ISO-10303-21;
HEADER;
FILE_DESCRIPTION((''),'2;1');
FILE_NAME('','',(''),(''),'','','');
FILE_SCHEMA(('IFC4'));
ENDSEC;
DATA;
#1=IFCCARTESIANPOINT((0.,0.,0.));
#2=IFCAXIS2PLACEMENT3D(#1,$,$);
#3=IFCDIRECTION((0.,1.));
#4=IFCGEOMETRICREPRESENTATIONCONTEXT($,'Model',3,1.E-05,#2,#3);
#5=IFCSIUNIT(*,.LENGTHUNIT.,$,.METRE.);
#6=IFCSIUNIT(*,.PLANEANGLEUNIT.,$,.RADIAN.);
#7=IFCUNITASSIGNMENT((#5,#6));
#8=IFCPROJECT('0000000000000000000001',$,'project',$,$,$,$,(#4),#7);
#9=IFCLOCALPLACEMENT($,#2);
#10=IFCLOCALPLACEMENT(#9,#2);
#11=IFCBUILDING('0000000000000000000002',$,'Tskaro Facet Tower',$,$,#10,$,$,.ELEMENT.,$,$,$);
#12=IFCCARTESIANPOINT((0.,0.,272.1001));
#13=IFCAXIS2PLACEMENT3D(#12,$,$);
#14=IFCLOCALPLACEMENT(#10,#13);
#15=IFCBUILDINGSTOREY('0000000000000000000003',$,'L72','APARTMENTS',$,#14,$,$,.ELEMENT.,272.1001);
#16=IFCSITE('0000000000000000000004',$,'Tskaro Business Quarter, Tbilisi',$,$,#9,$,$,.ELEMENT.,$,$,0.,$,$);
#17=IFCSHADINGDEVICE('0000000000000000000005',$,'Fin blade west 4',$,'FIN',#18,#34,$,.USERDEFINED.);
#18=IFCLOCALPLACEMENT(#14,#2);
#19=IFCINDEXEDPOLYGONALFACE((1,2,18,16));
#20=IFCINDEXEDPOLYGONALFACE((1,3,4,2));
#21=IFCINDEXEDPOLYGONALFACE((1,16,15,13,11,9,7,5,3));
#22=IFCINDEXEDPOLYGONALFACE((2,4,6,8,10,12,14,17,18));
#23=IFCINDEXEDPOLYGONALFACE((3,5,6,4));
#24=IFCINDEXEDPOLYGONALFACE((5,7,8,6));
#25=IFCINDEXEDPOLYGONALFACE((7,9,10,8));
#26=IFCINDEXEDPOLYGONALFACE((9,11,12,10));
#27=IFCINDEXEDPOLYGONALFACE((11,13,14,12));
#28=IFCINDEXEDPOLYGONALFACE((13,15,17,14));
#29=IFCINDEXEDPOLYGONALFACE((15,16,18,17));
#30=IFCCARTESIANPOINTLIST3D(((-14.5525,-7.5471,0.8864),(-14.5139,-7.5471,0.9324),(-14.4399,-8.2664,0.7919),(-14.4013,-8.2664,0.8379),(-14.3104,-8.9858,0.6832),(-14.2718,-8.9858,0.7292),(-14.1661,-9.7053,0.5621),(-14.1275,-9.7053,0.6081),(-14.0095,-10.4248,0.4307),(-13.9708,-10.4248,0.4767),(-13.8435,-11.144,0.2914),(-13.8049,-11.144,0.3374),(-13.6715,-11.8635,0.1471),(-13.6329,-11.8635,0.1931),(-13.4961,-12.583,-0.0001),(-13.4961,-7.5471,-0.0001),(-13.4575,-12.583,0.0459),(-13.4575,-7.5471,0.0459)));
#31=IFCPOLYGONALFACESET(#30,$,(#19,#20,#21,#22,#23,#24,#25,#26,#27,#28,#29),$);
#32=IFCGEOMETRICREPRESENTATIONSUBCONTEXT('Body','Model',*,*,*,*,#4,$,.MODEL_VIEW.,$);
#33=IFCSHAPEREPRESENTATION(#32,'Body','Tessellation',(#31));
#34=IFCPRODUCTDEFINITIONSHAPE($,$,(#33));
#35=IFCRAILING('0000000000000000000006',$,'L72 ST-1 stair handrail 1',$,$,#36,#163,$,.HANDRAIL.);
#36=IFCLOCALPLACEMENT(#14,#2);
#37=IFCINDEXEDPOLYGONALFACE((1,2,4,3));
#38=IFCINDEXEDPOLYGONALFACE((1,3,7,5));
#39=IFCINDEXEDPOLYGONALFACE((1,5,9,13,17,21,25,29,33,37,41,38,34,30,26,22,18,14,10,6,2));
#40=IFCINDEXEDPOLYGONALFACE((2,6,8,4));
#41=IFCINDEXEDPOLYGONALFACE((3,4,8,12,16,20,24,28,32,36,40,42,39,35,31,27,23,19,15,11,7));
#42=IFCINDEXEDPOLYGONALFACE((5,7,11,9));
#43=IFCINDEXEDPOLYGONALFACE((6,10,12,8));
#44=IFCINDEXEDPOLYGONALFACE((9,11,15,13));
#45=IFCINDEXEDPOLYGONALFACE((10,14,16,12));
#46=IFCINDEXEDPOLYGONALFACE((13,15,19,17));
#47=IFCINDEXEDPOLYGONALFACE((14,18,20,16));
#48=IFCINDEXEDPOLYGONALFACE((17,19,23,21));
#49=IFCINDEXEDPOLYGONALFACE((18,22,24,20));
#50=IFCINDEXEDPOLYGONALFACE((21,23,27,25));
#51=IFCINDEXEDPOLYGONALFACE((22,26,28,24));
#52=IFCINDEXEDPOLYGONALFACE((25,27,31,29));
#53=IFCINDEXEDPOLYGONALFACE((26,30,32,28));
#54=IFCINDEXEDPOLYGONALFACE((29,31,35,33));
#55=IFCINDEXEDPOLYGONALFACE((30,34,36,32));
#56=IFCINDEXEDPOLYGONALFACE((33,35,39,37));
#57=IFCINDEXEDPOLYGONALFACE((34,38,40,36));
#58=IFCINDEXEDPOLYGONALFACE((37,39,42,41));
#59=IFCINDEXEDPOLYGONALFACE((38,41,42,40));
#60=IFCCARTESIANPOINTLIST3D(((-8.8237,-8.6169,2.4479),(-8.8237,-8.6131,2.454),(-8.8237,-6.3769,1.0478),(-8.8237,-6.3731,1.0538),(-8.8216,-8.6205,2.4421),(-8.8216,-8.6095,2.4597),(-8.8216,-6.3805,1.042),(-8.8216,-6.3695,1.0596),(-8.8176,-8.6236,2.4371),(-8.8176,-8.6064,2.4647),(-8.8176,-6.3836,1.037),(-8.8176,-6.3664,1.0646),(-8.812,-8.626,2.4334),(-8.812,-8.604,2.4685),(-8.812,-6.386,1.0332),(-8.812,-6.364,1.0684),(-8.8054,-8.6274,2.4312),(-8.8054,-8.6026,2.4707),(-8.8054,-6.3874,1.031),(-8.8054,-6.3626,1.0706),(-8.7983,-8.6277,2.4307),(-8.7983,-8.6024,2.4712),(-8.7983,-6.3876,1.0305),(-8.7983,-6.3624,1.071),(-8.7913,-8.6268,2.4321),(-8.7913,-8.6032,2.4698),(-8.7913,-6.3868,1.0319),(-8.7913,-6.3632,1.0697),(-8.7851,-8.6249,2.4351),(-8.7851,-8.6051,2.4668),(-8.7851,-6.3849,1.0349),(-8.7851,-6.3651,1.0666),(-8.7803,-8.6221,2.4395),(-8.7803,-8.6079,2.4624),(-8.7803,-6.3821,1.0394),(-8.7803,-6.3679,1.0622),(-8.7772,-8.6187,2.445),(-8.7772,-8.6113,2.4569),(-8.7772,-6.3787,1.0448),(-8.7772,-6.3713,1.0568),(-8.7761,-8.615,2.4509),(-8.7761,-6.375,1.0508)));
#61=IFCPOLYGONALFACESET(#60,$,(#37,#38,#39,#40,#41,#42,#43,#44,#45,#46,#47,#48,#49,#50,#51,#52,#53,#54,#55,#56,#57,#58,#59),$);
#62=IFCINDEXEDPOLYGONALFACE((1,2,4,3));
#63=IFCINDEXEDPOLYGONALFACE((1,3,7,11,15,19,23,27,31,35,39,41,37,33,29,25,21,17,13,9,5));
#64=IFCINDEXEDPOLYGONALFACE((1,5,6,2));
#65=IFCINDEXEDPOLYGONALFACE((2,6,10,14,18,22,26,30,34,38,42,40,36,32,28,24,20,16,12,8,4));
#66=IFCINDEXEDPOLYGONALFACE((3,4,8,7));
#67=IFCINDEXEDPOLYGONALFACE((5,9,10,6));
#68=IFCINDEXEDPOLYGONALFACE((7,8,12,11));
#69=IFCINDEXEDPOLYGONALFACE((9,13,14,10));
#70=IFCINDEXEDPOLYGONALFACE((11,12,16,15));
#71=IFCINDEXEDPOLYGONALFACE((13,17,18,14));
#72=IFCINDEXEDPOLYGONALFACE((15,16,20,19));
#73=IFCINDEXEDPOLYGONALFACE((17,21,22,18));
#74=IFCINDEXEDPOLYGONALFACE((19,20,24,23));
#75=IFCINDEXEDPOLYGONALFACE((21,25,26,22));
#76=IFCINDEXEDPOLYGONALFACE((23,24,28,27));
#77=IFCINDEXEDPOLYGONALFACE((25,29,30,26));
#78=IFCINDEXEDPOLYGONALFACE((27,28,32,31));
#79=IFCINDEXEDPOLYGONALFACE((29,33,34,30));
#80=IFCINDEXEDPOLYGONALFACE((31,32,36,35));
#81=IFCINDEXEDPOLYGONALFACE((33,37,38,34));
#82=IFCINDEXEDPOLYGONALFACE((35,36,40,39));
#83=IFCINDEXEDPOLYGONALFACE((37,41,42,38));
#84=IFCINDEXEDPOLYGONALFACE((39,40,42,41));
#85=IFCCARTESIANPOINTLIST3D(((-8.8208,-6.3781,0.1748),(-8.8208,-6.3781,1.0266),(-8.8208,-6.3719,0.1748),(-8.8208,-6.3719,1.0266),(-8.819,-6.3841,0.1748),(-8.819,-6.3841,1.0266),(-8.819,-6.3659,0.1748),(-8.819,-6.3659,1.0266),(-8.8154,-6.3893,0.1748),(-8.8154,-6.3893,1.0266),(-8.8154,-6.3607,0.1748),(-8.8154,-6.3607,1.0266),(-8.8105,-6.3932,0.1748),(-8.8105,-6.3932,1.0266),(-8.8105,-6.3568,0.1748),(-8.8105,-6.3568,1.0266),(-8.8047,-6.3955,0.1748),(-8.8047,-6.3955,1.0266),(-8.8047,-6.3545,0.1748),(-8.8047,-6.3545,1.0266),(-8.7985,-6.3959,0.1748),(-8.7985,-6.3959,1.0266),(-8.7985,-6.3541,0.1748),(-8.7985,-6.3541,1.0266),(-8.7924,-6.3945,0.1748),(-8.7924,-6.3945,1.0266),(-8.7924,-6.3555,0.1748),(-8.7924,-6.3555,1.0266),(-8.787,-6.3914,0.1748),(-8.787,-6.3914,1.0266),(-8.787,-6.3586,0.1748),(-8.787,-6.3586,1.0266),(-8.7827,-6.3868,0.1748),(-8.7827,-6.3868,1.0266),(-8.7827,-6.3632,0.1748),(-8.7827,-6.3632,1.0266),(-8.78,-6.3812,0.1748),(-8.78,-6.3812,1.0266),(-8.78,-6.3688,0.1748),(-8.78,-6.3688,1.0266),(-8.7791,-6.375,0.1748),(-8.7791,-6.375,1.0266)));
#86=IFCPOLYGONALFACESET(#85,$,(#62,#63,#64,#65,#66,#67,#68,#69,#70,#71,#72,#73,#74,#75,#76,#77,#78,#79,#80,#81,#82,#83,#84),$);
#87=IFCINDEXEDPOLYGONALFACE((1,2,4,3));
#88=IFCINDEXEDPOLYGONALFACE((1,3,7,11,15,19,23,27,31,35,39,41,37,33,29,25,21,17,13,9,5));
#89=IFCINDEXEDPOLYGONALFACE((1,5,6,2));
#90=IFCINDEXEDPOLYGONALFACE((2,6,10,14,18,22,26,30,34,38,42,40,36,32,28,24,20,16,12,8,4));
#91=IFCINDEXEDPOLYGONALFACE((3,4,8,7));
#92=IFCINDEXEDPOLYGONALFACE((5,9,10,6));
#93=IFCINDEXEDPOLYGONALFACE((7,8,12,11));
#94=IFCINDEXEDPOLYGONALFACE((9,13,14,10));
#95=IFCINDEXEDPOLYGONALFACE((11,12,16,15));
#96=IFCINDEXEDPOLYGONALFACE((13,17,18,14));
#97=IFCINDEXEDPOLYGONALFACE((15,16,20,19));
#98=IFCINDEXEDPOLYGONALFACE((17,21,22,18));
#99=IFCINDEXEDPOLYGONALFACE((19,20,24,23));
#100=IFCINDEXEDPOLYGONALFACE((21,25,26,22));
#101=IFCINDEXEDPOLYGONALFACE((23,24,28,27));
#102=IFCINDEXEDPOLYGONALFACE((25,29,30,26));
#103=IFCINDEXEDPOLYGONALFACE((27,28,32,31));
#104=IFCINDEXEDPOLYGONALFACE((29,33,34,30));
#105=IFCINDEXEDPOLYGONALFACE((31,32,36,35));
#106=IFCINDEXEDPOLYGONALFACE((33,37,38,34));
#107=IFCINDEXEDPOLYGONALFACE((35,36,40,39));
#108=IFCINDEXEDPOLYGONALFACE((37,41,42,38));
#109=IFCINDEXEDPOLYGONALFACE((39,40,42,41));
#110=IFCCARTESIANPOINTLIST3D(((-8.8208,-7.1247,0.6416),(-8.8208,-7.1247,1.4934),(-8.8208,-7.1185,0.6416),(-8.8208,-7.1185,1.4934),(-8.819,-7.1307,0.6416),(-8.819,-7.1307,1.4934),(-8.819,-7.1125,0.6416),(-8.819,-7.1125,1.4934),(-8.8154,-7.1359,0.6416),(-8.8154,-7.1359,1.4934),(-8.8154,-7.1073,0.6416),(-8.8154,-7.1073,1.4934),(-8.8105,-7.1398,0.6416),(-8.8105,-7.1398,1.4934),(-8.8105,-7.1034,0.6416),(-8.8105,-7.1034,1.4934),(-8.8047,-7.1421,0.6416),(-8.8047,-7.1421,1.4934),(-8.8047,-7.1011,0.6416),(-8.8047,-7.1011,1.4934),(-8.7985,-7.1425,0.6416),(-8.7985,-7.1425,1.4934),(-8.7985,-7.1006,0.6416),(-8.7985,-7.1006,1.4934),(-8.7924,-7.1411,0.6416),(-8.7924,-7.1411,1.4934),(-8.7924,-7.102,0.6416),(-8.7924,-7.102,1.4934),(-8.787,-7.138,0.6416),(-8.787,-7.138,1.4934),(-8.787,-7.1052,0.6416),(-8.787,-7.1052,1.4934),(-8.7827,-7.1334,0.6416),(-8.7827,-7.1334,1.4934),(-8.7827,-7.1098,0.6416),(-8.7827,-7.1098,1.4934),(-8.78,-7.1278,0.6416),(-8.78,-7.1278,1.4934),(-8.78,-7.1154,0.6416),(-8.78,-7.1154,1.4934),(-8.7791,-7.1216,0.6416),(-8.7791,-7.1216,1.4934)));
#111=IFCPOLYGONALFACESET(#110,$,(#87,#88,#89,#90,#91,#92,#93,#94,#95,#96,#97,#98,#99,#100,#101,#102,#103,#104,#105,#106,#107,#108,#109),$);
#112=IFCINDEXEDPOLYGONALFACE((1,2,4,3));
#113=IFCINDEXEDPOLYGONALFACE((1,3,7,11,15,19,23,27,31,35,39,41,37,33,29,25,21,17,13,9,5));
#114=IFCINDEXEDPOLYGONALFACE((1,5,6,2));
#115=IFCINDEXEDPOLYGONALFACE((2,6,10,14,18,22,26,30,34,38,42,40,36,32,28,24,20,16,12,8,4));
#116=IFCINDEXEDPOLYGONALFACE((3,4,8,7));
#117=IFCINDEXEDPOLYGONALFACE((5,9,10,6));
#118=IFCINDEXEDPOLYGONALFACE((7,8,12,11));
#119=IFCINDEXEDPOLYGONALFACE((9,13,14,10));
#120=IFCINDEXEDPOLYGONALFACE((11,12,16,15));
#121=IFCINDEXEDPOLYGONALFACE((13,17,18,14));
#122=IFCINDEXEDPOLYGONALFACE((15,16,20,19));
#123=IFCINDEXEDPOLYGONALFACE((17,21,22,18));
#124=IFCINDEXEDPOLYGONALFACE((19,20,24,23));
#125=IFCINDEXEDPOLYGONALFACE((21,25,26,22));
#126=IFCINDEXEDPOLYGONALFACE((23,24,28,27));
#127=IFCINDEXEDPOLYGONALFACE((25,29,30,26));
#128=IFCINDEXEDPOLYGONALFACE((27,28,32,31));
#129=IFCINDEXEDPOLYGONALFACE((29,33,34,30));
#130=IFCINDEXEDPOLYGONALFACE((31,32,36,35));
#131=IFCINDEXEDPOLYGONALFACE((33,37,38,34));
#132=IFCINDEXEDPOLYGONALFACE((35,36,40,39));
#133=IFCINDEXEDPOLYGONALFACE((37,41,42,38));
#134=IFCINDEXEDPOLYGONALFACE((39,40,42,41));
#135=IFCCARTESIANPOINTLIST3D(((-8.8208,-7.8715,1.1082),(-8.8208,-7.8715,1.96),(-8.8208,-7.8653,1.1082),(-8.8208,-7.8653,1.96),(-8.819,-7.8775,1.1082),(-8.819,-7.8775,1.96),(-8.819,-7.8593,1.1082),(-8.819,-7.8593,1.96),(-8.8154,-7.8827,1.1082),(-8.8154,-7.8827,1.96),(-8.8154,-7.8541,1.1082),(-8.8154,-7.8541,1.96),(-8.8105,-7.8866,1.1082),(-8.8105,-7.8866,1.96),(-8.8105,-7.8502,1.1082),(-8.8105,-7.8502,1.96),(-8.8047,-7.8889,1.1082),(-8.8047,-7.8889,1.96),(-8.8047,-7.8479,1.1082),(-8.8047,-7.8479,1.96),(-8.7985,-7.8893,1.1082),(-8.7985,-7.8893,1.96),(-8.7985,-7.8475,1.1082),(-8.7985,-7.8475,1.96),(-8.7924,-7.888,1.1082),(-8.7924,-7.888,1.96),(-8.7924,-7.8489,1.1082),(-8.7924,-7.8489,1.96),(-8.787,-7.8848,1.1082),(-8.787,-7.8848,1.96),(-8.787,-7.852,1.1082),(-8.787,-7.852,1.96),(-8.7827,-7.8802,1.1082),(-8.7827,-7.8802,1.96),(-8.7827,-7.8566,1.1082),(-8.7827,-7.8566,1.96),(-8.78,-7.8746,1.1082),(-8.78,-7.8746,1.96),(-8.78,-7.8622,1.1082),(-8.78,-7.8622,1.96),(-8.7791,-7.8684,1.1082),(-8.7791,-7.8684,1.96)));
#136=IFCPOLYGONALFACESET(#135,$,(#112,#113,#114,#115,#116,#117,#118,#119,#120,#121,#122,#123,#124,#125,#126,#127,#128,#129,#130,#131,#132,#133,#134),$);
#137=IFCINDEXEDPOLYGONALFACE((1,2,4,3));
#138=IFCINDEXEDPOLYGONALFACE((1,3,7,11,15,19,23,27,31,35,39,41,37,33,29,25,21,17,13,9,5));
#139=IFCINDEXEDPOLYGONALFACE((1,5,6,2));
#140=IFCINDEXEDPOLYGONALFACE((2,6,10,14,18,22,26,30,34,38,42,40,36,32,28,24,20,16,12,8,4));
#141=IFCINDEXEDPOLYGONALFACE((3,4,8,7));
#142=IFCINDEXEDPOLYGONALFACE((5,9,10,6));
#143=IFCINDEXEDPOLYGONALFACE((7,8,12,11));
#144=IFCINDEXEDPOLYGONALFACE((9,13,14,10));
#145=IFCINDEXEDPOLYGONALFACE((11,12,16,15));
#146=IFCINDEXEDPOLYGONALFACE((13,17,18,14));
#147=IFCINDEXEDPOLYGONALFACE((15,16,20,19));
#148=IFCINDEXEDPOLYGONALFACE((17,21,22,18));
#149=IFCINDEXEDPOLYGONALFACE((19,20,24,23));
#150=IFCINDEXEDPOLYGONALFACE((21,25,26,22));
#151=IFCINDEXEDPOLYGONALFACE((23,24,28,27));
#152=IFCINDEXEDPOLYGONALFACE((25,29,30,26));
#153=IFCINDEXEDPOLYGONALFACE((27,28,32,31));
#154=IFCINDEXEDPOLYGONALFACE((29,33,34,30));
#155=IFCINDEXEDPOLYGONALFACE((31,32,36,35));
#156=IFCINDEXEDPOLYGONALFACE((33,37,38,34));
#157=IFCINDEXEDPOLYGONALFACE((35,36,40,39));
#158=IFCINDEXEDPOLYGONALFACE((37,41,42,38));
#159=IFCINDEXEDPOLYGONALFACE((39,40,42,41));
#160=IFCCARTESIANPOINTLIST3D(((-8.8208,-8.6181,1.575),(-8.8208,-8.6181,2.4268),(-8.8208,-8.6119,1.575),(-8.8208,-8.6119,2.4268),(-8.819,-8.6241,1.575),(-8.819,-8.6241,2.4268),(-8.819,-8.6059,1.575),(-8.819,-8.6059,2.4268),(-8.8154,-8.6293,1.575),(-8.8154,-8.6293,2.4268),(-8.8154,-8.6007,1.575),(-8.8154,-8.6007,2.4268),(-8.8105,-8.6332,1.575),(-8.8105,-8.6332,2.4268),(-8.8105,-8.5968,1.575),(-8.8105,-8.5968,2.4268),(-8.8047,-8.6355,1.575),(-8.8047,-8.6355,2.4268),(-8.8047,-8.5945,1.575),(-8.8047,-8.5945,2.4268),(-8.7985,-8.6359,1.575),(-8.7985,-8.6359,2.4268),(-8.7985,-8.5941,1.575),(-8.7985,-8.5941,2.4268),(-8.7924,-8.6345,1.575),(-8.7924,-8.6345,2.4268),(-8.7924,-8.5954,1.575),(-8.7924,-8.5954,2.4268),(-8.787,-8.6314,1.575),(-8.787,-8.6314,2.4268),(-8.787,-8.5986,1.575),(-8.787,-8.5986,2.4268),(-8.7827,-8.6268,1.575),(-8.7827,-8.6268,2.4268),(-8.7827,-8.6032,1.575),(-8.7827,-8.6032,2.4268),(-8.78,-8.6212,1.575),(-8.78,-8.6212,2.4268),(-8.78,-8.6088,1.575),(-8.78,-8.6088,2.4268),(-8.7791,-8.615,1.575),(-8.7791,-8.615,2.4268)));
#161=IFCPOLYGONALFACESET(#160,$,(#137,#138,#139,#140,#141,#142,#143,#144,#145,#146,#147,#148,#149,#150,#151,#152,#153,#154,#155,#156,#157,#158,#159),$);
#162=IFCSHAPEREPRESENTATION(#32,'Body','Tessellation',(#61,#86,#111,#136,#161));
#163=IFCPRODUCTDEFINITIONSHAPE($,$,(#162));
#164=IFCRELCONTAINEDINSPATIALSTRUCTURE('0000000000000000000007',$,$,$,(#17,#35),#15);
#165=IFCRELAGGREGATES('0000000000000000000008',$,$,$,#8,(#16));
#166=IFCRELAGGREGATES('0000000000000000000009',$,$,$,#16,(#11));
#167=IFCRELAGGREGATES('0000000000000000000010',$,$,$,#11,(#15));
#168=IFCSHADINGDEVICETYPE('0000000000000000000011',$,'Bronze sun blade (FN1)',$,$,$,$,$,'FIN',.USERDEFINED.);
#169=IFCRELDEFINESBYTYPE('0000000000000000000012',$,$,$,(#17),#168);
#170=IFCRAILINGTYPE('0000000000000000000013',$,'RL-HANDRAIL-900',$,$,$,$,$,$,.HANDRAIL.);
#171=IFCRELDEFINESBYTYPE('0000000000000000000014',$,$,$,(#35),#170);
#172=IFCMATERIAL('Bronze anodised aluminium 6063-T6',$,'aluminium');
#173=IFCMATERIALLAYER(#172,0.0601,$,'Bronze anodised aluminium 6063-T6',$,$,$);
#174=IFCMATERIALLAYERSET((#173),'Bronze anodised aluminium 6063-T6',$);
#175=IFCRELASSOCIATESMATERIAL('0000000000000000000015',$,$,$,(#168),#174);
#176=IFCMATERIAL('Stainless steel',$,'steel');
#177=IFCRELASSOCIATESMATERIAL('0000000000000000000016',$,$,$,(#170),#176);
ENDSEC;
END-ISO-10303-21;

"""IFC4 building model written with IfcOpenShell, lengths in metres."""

from ifc_helpers import new_model, si_unit, direction, frame, origin, origin_2d, place, context, subcontext, project, spatial, polyline, circle, outline, extrude, material, layer, layer_set, type_object, element, save


model = new_model("IFC4")

# Units and contexts
model_context = context("Model", 3, precision=1e-05, world=origin(), true_north=direction((0.0, 1.0)))
body_context = subcontext(model_context, "Body", "Model", "MODEL_VIEW")
ifc_project = project(units=[si_unit("LENGTHUNIT", "METRE"), si_unit("PLANEANGLEUNIT", "RADIAN")], contexts=[model_context])

# Site, building, storey
site_placement = place(None, origin())
site = spatial("IfcSite", under=ifc_project, at=site_placement, Name="Tskaro Business Quarter, Tbilisi", CompositionType="ELEMENT", RefElevation=0.0)
building_placement = place(site_placement, origin())
building = spatial("IfcBuilding", under=site, at=building_placement, Name="Tskaro Facet Tower", CompositionType="ELEMENT")
storey_placement = place(building_placement, frame((0.0, 0.0, 272.1001)))
storey = spatial("IfcBuildingStorey", under=building, at=storey_placement, Name="L72", Description="APARTMENTS", CompositionType="ELEMENT", Elevation=272.1001)

# Shared definitions
ifc_material_1 = material(Name="Bronze anodised aluminium 6063-T6", Category="aluminium")

# Shading device
ifc_layer_1 = layer(ifc_material_1, 0.0601, Name="Bronze anodised aluminium 6063-T6")
ifc_layer_set_1 = layer_set([ifc_layer_1], Name="Bronze anodised aluminium 6063-T6")
shading_device_type = type_object("IfcShadingDeviceType", Name="Bronze sun blade (FN1)", ElementType="FIN", PredefinedType="USERDEFINED", material=ifc_layer_set_1)
shading_device_placement = place(storey_placement, frame((-13.4575, -7.5471, 0.0459), z_axis=(0.642818, 0.000003, 0.766019), x_axis=(0.000002, -1.0, 0.000002)))
element("IfcShadingDevice", 1, at=shading_device_placement, inside=storey, type_object=shading_device_type, Name="Fin blade west 4", ObjectType="FIN", PredefinedType="USERDEFINED", context=body_context, shape_type="SweptSolid", body=[
    extrude(outline(polyline([(0.0, 0.0), (5.0359, 0.0), (4.3164, -0.2289), (3.5969, -0.4535), (2.8777, -0.6701), (2.1582, -0.8746), (1.4387, -1.063), (0.7192, -1.2321), (0.0, -1.3791), (0.0, 0.0)])), origin(), (0.0, 0.0, -1.0), 0.0601),
])

# Railing
ifc_material_2 = material(Name="Stainless steel", Category="steel")
railing_type = type_object("IfcRailingType", Name="RL-HANDRAIL-900", PredefinedType="HANDRAIL", material=ifc_material_2)
railing_placement = place(storey_placement, frame((-8.8, -6.375, 0.1748)))
element("IfcRailing", 2, at=railing_placement, inside=storey, type_object=railing_type, Name="L72 ST-1 stair handrail 1", PredefinedType="HANDRAIL", context=body_context, shape_type="SweptSolid", body=[
    extrude(circle(Radius=0.0239, at=origin_2d()), frame((0.0, 0.0, 0.876), z_axis=(0.0, -0.847972, 0.53004), x_axis=(1.0, 0.0, 0.0)), (0.0, 0.0, 1.0), 2.6416),
    extrude(circle(Radius=0.021, at=origin_2d()), origin(), (0.0, 0.0, 1.0), 0.8518),
    extrude(circle(Radius=0.021, at=origin_2d()), frame((0.0, -0.7466, 0.4668)), (0.0, 0.0, 1.0), 0.8518),
    extrude(circle(Radius=0.021, at=origin_2d()), frame((0.0, -1.4934, 0.9333)), (0.0, 0.0, 1.0), 0.8518),
    extrude(circle(Radius=0.021, at=origin_2d()), frame((0.0, -2.24, 1.4001)), (0.0, 0.0, 1.0), 0.8518),
])

save(model, "model.ifc")
